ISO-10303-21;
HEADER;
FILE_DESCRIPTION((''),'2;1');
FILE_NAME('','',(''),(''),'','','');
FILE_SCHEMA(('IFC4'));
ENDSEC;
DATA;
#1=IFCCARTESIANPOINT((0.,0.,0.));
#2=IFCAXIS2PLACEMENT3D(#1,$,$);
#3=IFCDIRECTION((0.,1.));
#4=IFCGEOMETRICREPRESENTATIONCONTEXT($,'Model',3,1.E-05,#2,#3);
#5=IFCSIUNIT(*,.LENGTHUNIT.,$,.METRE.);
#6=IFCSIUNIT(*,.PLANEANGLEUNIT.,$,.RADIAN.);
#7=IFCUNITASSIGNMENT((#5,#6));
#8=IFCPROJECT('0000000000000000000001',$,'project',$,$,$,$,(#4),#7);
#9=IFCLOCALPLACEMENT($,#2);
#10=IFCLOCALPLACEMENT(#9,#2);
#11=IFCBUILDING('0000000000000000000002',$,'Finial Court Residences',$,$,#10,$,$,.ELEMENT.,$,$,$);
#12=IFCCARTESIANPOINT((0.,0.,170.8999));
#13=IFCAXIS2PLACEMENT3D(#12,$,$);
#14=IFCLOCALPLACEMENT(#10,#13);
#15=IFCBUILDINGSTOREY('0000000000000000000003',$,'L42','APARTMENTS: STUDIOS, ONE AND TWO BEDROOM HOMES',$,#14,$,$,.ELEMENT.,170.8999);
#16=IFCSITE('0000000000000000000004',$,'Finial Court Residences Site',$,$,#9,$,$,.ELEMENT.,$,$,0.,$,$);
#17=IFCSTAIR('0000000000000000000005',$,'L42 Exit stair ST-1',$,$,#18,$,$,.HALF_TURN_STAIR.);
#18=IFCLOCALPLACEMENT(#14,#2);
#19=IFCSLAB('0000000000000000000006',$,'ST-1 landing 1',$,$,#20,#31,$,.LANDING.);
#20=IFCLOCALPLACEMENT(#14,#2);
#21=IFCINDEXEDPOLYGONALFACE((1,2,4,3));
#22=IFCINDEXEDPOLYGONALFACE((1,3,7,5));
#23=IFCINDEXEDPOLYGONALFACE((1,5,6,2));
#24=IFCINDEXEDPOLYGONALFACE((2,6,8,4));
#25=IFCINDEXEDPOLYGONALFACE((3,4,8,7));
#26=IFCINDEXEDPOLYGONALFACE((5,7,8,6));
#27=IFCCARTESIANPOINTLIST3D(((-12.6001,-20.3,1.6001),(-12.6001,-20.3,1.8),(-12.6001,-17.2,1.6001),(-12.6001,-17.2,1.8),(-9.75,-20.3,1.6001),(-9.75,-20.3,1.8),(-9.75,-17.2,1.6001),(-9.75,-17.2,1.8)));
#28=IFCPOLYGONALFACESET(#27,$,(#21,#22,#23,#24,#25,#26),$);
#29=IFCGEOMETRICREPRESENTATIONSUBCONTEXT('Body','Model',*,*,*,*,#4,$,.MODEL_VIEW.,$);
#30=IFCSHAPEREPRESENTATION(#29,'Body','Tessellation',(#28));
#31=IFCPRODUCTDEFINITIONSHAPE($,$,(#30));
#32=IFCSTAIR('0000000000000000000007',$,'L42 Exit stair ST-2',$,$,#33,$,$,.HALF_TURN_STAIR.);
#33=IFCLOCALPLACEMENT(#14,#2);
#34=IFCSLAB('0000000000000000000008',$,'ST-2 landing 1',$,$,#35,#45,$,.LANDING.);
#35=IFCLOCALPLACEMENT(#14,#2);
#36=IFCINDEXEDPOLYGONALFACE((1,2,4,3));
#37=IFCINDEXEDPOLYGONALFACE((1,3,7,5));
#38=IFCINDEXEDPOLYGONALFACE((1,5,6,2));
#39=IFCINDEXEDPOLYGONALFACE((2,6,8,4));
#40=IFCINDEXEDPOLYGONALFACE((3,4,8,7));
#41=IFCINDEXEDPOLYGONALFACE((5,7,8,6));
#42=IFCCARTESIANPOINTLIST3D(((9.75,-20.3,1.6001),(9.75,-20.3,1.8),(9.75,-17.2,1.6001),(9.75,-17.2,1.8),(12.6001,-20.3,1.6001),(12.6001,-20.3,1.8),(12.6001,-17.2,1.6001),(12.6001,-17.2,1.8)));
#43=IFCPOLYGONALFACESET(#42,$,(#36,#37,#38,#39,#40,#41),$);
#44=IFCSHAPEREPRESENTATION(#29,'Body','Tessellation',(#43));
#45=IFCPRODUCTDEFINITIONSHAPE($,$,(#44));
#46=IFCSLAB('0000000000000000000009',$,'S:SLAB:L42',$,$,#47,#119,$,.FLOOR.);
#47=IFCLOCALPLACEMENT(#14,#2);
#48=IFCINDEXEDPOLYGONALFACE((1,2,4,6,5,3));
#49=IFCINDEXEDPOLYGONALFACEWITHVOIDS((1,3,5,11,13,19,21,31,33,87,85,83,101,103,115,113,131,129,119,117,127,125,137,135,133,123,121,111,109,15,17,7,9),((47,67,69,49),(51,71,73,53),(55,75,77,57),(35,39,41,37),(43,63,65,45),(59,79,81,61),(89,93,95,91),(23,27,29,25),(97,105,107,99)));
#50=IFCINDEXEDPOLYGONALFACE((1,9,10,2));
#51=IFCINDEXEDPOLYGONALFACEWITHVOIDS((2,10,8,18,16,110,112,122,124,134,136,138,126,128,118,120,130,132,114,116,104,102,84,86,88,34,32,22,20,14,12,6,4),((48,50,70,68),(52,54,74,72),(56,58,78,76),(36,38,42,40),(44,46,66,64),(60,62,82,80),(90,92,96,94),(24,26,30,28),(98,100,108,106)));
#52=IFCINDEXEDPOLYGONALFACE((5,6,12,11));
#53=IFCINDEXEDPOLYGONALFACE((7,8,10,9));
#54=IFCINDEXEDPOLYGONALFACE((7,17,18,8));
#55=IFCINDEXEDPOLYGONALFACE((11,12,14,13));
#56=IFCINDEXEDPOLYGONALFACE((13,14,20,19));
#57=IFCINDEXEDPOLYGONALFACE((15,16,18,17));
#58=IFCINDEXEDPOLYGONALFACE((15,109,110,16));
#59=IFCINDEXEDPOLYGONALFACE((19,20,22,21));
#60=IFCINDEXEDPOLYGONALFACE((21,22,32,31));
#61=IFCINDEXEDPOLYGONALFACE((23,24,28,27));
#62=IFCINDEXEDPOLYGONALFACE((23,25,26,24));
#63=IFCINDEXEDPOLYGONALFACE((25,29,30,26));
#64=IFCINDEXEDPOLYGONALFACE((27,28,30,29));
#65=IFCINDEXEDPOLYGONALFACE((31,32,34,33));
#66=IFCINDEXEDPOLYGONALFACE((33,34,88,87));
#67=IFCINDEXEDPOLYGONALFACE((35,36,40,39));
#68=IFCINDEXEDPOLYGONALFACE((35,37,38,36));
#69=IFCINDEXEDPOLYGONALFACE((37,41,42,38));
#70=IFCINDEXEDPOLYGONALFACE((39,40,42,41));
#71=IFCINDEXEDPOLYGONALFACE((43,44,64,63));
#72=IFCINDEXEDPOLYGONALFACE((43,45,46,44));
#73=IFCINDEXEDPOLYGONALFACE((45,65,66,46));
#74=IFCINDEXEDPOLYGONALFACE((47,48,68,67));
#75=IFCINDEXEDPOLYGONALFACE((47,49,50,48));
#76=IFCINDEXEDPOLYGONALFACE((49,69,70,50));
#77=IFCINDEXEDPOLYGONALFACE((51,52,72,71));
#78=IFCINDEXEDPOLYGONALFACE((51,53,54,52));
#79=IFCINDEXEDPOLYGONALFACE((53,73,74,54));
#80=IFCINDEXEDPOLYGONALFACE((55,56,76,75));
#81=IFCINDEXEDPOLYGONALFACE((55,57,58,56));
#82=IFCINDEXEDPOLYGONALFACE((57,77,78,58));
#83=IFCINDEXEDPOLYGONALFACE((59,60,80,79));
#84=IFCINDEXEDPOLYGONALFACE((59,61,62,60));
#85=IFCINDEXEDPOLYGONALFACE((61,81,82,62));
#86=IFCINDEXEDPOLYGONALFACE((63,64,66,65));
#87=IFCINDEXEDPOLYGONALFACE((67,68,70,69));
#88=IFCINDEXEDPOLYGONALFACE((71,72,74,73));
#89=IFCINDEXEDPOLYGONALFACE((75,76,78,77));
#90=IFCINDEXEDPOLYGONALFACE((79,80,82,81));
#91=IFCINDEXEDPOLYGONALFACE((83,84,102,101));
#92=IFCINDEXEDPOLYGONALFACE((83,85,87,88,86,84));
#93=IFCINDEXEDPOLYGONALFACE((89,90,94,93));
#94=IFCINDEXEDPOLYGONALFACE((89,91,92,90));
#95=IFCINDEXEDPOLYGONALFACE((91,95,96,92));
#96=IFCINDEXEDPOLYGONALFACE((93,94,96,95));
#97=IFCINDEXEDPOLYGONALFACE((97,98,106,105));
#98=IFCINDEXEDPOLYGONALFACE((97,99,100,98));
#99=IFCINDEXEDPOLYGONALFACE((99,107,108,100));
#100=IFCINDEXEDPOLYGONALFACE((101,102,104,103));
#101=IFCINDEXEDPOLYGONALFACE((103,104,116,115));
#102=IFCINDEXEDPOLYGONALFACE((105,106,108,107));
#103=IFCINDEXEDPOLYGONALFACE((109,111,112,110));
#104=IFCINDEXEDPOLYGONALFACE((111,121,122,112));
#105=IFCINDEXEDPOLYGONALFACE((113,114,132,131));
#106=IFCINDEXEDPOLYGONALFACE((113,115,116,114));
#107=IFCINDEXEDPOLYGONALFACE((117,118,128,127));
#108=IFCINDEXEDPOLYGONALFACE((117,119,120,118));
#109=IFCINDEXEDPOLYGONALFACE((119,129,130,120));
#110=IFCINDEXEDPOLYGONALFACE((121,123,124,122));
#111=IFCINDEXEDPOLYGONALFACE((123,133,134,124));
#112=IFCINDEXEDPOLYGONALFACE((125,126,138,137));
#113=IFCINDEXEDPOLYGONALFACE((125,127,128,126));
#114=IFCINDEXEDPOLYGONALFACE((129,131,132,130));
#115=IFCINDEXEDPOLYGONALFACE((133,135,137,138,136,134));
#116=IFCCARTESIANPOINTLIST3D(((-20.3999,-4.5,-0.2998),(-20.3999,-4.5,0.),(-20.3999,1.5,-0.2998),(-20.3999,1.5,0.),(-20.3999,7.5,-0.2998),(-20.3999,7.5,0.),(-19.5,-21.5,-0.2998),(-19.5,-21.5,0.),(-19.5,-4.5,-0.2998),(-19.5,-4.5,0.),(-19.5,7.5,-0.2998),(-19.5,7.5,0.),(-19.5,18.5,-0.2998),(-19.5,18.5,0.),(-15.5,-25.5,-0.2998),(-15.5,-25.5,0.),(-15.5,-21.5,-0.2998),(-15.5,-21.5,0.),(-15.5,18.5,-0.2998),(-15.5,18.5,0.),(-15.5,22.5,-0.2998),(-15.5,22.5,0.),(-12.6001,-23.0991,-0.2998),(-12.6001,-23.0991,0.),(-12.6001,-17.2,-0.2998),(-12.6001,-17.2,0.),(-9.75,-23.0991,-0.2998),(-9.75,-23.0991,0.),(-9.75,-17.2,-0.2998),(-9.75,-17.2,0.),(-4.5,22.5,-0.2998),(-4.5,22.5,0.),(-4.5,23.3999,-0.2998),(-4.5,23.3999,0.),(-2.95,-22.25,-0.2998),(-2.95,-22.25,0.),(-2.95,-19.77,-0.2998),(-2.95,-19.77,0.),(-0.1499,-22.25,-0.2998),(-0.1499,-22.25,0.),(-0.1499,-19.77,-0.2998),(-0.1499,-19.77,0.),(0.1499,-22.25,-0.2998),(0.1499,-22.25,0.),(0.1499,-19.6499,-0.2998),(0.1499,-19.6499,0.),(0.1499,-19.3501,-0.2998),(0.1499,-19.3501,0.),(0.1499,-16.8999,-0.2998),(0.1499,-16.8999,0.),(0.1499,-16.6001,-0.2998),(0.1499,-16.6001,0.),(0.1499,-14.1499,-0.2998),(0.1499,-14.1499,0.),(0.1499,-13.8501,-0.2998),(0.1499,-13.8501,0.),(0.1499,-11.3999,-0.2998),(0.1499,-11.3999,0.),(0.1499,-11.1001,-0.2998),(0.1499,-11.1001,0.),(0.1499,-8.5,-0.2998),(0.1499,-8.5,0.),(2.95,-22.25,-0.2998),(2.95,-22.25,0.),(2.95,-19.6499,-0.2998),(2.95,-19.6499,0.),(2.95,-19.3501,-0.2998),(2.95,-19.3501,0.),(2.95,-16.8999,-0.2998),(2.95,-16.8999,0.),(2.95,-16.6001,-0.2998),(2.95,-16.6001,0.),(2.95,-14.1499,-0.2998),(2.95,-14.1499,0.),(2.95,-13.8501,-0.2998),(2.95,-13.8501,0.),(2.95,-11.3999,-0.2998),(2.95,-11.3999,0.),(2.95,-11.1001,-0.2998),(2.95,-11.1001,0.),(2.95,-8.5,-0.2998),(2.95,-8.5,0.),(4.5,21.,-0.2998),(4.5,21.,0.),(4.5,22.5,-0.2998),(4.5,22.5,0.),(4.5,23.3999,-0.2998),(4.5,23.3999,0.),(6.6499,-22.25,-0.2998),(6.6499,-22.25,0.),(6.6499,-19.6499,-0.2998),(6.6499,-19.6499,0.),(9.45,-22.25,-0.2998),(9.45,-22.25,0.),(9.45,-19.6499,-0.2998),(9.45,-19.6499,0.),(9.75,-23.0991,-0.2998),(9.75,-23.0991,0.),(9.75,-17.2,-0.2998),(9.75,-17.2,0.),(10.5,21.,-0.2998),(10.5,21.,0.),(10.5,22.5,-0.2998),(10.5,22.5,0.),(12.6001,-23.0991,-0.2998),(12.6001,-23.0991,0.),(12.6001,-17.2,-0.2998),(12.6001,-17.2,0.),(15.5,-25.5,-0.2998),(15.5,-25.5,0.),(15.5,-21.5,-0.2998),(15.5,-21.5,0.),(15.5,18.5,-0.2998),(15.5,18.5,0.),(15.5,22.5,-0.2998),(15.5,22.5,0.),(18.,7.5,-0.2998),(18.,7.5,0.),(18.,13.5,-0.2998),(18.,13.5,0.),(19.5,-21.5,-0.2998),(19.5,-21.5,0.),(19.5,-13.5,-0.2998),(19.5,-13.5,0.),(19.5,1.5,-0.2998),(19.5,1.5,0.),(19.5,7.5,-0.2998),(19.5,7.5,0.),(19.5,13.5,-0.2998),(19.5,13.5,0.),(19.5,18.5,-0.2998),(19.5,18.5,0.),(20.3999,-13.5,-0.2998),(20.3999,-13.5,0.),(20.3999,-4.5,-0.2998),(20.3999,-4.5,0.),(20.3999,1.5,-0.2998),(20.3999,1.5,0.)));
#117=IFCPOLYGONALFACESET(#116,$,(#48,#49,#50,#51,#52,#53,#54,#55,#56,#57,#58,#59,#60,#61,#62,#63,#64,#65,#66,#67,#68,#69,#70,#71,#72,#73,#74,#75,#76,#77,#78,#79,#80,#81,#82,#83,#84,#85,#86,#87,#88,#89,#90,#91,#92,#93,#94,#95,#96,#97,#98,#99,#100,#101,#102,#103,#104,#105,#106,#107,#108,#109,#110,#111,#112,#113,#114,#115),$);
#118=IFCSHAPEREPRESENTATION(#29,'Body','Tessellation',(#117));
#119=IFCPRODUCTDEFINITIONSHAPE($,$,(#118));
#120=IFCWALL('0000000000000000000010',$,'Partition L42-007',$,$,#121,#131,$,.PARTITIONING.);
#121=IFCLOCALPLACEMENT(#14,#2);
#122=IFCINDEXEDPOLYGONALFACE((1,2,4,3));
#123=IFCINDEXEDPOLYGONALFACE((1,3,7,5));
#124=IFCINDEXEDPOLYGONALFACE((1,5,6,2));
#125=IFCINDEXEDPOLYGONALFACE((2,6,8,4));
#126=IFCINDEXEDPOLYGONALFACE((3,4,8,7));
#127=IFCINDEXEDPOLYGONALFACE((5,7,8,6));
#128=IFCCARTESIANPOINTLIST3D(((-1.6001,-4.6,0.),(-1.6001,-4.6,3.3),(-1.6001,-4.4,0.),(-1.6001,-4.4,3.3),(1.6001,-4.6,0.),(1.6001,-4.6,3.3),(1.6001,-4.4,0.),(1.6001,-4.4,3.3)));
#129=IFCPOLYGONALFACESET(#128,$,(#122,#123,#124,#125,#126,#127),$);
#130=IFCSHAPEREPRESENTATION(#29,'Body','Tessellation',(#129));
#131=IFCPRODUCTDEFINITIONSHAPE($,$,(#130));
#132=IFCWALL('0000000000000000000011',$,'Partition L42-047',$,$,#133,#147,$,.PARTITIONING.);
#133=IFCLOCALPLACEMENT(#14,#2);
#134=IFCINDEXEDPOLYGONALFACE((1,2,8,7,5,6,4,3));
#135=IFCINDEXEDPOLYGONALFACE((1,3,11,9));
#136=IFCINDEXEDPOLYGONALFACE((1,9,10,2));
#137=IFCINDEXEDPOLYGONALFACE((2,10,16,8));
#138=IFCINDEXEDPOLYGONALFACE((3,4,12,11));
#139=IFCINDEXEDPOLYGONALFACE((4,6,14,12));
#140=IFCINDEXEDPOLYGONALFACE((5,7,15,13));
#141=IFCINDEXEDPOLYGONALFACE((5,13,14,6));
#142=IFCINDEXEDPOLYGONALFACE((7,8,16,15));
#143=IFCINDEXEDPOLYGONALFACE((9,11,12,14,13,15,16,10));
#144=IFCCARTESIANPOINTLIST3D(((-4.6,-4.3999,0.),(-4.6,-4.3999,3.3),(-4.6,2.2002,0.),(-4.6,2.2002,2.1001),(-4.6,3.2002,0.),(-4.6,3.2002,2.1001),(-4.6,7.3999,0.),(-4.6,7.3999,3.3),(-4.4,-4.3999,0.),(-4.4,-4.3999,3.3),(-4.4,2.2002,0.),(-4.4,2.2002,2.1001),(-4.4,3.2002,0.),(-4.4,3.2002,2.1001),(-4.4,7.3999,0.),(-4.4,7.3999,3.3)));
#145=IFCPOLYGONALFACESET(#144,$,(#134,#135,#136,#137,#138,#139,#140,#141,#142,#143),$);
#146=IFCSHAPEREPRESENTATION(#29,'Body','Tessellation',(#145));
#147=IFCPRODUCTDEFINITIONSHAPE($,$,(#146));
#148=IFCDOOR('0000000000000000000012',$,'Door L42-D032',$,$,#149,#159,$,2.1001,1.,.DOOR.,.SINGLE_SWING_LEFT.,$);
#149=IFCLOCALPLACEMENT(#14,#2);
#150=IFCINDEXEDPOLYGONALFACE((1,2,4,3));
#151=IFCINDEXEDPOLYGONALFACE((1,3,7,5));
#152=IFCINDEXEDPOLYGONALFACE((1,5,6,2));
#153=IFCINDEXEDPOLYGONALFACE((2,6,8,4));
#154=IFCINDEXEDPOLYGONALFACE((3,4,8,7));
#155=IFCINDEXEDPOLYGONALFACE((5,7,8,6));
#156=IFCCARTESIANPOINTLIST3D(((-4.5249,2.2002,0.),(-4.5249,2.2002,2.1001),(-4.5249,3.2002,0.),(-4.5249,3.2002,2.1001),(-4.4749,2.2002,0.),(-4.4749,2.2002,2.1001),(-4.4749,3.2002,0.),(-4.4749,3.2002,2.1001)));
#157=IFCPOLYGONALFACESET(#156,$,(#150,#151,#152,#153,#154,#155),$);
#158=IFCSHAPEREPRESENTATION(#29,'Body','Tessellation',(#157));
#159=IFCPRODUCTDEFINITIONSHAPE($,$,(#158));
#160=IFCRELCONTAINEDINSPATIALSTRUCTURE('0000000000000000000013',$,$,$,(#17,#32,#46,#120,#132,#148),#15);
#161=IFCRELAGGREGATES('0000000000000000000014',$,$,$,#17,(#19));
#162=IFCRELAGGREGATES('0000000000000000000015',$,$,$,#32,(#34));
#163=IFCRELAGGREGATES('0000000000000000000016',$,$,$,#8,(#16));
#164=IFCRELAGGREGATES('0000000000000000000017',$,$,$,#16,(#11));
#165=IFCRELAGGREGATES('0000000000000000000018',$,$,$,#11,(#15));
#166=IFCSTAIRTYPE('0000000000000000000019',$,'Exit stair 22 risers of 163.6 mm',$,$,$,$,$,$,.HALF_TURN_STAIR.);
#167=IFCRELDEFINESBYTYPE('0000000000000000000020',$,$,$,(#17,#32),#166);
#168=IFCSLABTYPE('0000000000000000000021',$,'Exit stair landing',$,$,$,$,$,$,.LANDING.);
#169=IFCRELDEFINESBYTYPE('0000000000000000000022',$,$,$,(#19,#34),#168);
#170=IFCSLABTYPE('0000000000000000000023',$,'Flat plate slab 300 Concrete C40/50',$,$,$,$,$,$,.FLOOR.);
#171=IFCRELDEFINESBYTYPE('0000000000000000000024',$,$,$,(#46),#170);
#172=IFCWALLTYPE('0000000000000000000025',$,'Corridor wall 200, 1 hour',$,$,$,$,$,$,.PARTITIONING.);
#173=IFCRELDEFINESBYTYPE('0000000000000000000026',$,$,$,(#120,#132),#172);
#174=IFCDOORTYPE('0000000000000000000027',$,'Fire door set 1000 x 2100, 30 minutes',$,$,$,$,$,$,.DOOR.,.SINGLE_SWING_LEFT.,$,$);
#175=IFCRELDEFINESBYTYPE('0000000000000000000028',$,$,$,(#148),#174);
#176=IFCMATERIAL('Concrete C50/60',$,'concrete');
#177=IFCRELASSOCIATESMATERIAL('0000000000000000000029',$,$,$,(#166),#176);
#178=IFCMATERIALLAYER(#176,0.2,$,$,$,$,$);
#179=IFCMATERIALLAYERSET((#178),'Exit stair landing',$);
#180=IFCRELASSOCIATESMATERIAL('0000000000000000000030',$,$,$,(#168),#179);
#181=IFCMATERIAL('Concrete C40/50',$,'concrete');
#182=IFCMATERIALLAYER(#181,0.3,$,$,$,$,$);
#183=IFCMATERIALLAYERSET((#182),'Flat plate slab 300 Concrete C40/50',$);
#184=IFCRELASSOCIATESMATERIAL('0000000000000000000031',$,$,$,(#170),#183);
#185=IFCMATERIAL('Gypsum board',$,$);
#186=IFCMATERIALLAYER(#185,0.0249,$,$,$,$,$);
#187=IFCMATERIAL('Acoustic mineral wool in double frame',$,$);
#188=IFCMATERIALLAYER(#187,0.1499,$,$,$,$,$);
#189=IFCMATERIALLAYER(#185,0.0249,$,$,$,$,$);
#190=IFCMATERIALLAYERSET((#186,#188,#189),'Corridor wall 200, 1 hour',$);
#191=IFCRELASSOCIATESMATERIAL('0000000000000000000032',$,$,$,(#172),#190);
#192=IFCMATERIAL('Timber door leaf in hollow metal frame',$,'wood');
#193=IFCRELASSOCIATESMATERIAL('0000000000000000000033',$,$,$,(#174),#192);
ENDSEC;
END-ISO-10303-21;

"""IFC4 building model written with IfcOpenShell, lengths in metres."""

from ifc_helpers import new_model, si_unit, direction, frame, frame_2d, origin, place, context, subcontext, project, spatial, polyline, rectangle, outline, extrude, material, layer, layer_set, type_object, element, fill, aggregate, save


model = new_model("IFC4")

# Units and contexts
model_context = context("Model", 3, precision=1e-05, world=origin(), true_north=direction((0.0, 1.0)))
body_context = subcontext(model_context, "Body", "Model", "MODEL_VIEW")
ifc_project = project(units=[si_unit("LENGTHUNIT", "METRE"), si_unit("PLANEANGLEUNIT", "RADIAN")], contexts=[model_context])

# Site, building, storey
site_placement = place(None, origin())
site = spatial("IfcSite", under=ifc_project, at=site_placement, Name="Finial Court Residences Site", CompositionType="ELEMENT", RefElevation=0.0)
building_placement = place(site_placement, origin())
building = spatial("IfcBuilding", under=site, at=building_placement, Name="Finial Court Residences", CompositionType="ELEMENT")
storey_placement = place(building_placement, frame((0.0, 0.0, 170.8999)))
storey = spatial("IfcBuildingStorey", under=building, at=storey_placement, Name="L42", Description="APARTMENTS: STUDIOS, ONE AND TWO BEDROOM HOMES", CompositionType="ELEMENT", Elevation=170.8999)

# Stairs, slabs
ifc_material_1 = material(Name="Concrete C50/60", Category="concrete")
stair_type = type_object("IfcStairType", Name="Exit stair 22 risers of 163.6 mm", PredefinedType="HALF_TURN_STAIR", material=ifc_material_1)
stair_1_placement = place(storey_placement, origin())
stair_1 = element("IfcStair", 1, at=stair_1_placement, inside=storey, type_object=stair_type, Name="L42 Exit stair ST-1", PredefinedType="HALF_TURN_STAIR")
ifc_layer_1 = layer(ifc_material_1, 0.2)
ifc_layer_set_1 = layer_set([ifc_layer_1], Name="Exit stair landing")
slab_type_1 = type_object("IfcSlabType", Name="Exit stair landing", PredefinedType="LANDING", material=ifc_layer_set_1)
slab_1_placement = place(storey_placement, frame((0.0, 0.0, 1.6001)))
slab_1 = element("IfcSlab", 2, at=slab_1_placement, type_object=slab_type_1, Name="ST-1 landing 1", PredefinedType="LANDING", context=body_context, shape_type="SweptSolid", body=[
    extrude(outline(polyline([(-9.75, -20.3), (-9.75, -17.2), (-12.6001, -17.2), (-12.6001, -20.3), (-9.75, -20.3)])), origin(), (0.0, 0.0, 1.0), 0.2),
])
aggregate(stair_1, [slab_1])
stair_2_placement = place(storey_placement, origin())
stair_2 = element("IfcStair", 3, at=stair_2_placement, inside=storey, type_object=stair_type, Name="L42 Exit stair ST-2", PredefinedType="HALF_TURN_STAIR")
slab_2_placement = place(storey_placement, frame((0.0, 0.0, 1.6001)))
slab_2 = element("IfcSlab", 4, at=slab_2_placement, type_object=slab_type_1, Name="ST-2 landing 1", PredefinedType="LANDING", context=body_context, shape_type="SweptSolid", body=[
    extrude(outline(polyline([(12.6001, -20.3), (12.6001, -17.2), (9.75, -17.2), (9.75, -20.3), (12.6001, -20.3)])), origin(), (0.0, 0.0, 1.0), 0.2),
])
aggregate(stair_2, [slab_2])

# Slab
ifc_material_2 = material(Name="Concrete C40/50", Category="concrete")
ifc_layer_2 = layer(ifc_material_2, 0.3)
ifc_layer_set_2 = layer_set([ifc_layer_2], Name="Flat plate slab 300 Concrete C40/50")
slab_type_2 = type_object("IfcSlabType", Name="Flat plate slab 300 Concrete C40/50", PredefinedType="FLOOR", material=ifc_layer_set_2)
slab_3_placement = place(storey_placement, frame((0.0, 0.0, -0.2998)))
element("IfcSlab", 5, at=slab_3_placement, inside=storey, type_object=slab_type_2, Name="S:SLAB:L42", PredefinedType="FLOOR", context=body_context, shape_type="SweptSolid", body=[
    extrude(outline(polyline([(20.3999, -13.5), (19.5, -13.5), (19.5, -21.5), (15.5, -21.5), (15.5, -25.5), (-15.5, -25.5), (-15.5, -21.5), (-19.5, -21.5), (-19.5, -4.5), (-20.3999, -4.5), (-20.3999, 1.5), (-20.3999, 7.5), (-19.5, 7.5), (-19.5, 18.5), (-15.5, 18.5), (-15.5, 22.5), (-4.5, 22.5), (-4.5, 23.3999), (4.5, 23.3999), (4.5, 22.5), (4.5, 21.0), (10.5, 21.0), (10.5, 22.5), (15.5, 22.5), (15.5, 18.5), (19.5, 18.5), (19.5, 13.5), (18.0, 13.5), (18.0, 7.5), (19.5, 7.5), (19.5, 1.5), (20.3999, 1.5), (20.3999, -4.5), (20.3999, -13.5)]), holes=[polyline([(-0.1499, -19.77), (-2.95, -19.77), (-2.95, -22.25), (-0.1499, -22.25), (-0.1499, -19.77)]), polyline([(2.95, -19.6499), (0.1499, -19.6499), (0.1499, -22.25), (2.95, -22.25), (2.95, -19.6499)]), polyline([(9.45, -19.6499), (6.6499, -19.6499), (6.6499, -22.25), (9.45, -22.25), (9.45, -19.6499)]), polyline([(-12.6001, -17.2), (-12.6001, -23.0991), (-9.75, -23.0991), (-9.75, -17.2), (-12.6001, -17.2)]), polyline([(9.75, -17.2), (9.75, -23.0991), (12.6001, -23.0991), (12.6001, -17.2), (9.75, -17.2)]), polyline([(2.95, -16.8999), (0.1499, -16.8999), (0.1499, -19.3501), (2.95, -19.3501), (2.95, -16.8999)]), polyline([(2.95, -14.1499), (0.1499, -14.1499), (0.1499, -16.6001), (2.95, -16.6001), (2.95, -14.1499)]), polyline([(2.95, -13.8501), (2.95, -11.3999), (0.1499, -11.3999), (0.1499, -13.8501), (2.95, -13.8501)]), polyline([(2.95, -11.1001), (2.95, -8.5), (0.1499, -8.5), (0.1499, -11.1001), (2.95, -11.1001)])]), origin(), (0.0, 0.0, 1.0), 0.2998),
])

# Wall
ifc_material_3 = material(Name="Gypsum board")
ifc_layer_3 = layer(ifc_material_3, 0.0249)
ifc_material_4 = material(Name="Acoustic mineral wool in double frame")
ifc_layer_4 = layer(ifc_material_4, 0.1499)
ifc_layer_5 = layer(ifc_material_3, 0.0249)
ifc_layer_set_3 = layer_set([ifc_layer_3, ifc_layer_4, ifc_layer_5], Name="Corridor wall 200, 1 hour")
wall_type_1 = type_object("IfcWallType", Name="Corridor wall 200, 1 hour", PredefinedType="PARTITIONING", material=ifc_layer_set_3)
wall_1_placement = place(storey_placement, frame((-1.6001, -4.5, 0.0), z_axis=(0.0, 0.0, 1.0), x_axis=(1.0, 0.0, 0.0)))
element("IfcWall", 6, at=wall_1_placement, inside=storey, type_object=wall_type_1, Name="Partition L42-007", PredefinedType="PARTITIONING", context=body_context, shape_type="SweptSolid", body=[
    extrude(rectangle(XDim=3.2002, YDim=0.2, at=frame_2d((1.6001, 0.0))), origin(), (0.0, 0.0, 1.0), 3.3),
])

# Wall, opening, door
wall_2_placement = place(storey_placement, frame((-4.5, -4.3999, 0.0), z_axis=(0.0, 0.0, 1.0), x_axis=(0.0, 1.0, 0.0)))
wall_2 = element("IfcWall", 7, at=wall_2_placement, inside=storey, type_object=wall_type_1, Name="Partition L42-047", PredefinedType="PARTITIONING", context=body_context, shape_type="SweptSolid", body=[
    extrude(rectangle(XDim=11.7998, YDim=0.2, at=frame_2d((5.8999, 0.0))), origin(), (0.0, 0.0, 1.0), 3.3),
])
opening_1_placement = place(wall_2_placement, frame((6.6001, 0.0, 0.0)))
opening_1 = element("IfcOpeningElement", 8, at=opening_1_placement, cuts=wall_2, PredefinedType="OPENING", context=body_context, shape_type="SweptSolid", body=[
    extrude(rectangle(XDim=1.0, YDim=2.1001, at=frame_2d((0.5, 1.05))), frame((0.0, 0.1099, 0.0), z_axis=(0.0, -1.0, 0.0), x_axis=(1.0, 0.0, 0.0)), (0.0, 0.0, 1.0), 0.22),
])
ifc_material_5 = material(Name="Timber door leaf in hollow metal frame", Category="wood")
door_type_1 = type_object("IfcDoorType", Name="Fire door set 1000 x 2100, 30 minutes", OperationType="SINGLE_SWING_LEFT", PredefinedType="DOOR", material=ifc_material_5)
door_1_placement = place(opening_1_placement, origin())
door_1 = element("IfcDoor", 9, at=door_1_placement, inside=storey, type_object=door_type_1, Name="Door L42-D032", OperationType="SINGLE_SWING_LEFT", OverallHeight=2.1001, OverallWidth=1.0, PredefinedType="DOOR", context=body_context, shape_type="SweptSolid", body=[
    extrude(rectangle(XDim=1.0, YDim=2.1001, at=frame_2d((0.5, 1.05))), frame((0.0, 0.0249, 0.0), z_axis=(0.0, -1.0, 0.0), x_axis=(1.0, 0.0, 0.0)), (0.0, 0.0, 1.0), 0.05),
])
fill(opening_1, door_1)

save(model, "model.ifc")
